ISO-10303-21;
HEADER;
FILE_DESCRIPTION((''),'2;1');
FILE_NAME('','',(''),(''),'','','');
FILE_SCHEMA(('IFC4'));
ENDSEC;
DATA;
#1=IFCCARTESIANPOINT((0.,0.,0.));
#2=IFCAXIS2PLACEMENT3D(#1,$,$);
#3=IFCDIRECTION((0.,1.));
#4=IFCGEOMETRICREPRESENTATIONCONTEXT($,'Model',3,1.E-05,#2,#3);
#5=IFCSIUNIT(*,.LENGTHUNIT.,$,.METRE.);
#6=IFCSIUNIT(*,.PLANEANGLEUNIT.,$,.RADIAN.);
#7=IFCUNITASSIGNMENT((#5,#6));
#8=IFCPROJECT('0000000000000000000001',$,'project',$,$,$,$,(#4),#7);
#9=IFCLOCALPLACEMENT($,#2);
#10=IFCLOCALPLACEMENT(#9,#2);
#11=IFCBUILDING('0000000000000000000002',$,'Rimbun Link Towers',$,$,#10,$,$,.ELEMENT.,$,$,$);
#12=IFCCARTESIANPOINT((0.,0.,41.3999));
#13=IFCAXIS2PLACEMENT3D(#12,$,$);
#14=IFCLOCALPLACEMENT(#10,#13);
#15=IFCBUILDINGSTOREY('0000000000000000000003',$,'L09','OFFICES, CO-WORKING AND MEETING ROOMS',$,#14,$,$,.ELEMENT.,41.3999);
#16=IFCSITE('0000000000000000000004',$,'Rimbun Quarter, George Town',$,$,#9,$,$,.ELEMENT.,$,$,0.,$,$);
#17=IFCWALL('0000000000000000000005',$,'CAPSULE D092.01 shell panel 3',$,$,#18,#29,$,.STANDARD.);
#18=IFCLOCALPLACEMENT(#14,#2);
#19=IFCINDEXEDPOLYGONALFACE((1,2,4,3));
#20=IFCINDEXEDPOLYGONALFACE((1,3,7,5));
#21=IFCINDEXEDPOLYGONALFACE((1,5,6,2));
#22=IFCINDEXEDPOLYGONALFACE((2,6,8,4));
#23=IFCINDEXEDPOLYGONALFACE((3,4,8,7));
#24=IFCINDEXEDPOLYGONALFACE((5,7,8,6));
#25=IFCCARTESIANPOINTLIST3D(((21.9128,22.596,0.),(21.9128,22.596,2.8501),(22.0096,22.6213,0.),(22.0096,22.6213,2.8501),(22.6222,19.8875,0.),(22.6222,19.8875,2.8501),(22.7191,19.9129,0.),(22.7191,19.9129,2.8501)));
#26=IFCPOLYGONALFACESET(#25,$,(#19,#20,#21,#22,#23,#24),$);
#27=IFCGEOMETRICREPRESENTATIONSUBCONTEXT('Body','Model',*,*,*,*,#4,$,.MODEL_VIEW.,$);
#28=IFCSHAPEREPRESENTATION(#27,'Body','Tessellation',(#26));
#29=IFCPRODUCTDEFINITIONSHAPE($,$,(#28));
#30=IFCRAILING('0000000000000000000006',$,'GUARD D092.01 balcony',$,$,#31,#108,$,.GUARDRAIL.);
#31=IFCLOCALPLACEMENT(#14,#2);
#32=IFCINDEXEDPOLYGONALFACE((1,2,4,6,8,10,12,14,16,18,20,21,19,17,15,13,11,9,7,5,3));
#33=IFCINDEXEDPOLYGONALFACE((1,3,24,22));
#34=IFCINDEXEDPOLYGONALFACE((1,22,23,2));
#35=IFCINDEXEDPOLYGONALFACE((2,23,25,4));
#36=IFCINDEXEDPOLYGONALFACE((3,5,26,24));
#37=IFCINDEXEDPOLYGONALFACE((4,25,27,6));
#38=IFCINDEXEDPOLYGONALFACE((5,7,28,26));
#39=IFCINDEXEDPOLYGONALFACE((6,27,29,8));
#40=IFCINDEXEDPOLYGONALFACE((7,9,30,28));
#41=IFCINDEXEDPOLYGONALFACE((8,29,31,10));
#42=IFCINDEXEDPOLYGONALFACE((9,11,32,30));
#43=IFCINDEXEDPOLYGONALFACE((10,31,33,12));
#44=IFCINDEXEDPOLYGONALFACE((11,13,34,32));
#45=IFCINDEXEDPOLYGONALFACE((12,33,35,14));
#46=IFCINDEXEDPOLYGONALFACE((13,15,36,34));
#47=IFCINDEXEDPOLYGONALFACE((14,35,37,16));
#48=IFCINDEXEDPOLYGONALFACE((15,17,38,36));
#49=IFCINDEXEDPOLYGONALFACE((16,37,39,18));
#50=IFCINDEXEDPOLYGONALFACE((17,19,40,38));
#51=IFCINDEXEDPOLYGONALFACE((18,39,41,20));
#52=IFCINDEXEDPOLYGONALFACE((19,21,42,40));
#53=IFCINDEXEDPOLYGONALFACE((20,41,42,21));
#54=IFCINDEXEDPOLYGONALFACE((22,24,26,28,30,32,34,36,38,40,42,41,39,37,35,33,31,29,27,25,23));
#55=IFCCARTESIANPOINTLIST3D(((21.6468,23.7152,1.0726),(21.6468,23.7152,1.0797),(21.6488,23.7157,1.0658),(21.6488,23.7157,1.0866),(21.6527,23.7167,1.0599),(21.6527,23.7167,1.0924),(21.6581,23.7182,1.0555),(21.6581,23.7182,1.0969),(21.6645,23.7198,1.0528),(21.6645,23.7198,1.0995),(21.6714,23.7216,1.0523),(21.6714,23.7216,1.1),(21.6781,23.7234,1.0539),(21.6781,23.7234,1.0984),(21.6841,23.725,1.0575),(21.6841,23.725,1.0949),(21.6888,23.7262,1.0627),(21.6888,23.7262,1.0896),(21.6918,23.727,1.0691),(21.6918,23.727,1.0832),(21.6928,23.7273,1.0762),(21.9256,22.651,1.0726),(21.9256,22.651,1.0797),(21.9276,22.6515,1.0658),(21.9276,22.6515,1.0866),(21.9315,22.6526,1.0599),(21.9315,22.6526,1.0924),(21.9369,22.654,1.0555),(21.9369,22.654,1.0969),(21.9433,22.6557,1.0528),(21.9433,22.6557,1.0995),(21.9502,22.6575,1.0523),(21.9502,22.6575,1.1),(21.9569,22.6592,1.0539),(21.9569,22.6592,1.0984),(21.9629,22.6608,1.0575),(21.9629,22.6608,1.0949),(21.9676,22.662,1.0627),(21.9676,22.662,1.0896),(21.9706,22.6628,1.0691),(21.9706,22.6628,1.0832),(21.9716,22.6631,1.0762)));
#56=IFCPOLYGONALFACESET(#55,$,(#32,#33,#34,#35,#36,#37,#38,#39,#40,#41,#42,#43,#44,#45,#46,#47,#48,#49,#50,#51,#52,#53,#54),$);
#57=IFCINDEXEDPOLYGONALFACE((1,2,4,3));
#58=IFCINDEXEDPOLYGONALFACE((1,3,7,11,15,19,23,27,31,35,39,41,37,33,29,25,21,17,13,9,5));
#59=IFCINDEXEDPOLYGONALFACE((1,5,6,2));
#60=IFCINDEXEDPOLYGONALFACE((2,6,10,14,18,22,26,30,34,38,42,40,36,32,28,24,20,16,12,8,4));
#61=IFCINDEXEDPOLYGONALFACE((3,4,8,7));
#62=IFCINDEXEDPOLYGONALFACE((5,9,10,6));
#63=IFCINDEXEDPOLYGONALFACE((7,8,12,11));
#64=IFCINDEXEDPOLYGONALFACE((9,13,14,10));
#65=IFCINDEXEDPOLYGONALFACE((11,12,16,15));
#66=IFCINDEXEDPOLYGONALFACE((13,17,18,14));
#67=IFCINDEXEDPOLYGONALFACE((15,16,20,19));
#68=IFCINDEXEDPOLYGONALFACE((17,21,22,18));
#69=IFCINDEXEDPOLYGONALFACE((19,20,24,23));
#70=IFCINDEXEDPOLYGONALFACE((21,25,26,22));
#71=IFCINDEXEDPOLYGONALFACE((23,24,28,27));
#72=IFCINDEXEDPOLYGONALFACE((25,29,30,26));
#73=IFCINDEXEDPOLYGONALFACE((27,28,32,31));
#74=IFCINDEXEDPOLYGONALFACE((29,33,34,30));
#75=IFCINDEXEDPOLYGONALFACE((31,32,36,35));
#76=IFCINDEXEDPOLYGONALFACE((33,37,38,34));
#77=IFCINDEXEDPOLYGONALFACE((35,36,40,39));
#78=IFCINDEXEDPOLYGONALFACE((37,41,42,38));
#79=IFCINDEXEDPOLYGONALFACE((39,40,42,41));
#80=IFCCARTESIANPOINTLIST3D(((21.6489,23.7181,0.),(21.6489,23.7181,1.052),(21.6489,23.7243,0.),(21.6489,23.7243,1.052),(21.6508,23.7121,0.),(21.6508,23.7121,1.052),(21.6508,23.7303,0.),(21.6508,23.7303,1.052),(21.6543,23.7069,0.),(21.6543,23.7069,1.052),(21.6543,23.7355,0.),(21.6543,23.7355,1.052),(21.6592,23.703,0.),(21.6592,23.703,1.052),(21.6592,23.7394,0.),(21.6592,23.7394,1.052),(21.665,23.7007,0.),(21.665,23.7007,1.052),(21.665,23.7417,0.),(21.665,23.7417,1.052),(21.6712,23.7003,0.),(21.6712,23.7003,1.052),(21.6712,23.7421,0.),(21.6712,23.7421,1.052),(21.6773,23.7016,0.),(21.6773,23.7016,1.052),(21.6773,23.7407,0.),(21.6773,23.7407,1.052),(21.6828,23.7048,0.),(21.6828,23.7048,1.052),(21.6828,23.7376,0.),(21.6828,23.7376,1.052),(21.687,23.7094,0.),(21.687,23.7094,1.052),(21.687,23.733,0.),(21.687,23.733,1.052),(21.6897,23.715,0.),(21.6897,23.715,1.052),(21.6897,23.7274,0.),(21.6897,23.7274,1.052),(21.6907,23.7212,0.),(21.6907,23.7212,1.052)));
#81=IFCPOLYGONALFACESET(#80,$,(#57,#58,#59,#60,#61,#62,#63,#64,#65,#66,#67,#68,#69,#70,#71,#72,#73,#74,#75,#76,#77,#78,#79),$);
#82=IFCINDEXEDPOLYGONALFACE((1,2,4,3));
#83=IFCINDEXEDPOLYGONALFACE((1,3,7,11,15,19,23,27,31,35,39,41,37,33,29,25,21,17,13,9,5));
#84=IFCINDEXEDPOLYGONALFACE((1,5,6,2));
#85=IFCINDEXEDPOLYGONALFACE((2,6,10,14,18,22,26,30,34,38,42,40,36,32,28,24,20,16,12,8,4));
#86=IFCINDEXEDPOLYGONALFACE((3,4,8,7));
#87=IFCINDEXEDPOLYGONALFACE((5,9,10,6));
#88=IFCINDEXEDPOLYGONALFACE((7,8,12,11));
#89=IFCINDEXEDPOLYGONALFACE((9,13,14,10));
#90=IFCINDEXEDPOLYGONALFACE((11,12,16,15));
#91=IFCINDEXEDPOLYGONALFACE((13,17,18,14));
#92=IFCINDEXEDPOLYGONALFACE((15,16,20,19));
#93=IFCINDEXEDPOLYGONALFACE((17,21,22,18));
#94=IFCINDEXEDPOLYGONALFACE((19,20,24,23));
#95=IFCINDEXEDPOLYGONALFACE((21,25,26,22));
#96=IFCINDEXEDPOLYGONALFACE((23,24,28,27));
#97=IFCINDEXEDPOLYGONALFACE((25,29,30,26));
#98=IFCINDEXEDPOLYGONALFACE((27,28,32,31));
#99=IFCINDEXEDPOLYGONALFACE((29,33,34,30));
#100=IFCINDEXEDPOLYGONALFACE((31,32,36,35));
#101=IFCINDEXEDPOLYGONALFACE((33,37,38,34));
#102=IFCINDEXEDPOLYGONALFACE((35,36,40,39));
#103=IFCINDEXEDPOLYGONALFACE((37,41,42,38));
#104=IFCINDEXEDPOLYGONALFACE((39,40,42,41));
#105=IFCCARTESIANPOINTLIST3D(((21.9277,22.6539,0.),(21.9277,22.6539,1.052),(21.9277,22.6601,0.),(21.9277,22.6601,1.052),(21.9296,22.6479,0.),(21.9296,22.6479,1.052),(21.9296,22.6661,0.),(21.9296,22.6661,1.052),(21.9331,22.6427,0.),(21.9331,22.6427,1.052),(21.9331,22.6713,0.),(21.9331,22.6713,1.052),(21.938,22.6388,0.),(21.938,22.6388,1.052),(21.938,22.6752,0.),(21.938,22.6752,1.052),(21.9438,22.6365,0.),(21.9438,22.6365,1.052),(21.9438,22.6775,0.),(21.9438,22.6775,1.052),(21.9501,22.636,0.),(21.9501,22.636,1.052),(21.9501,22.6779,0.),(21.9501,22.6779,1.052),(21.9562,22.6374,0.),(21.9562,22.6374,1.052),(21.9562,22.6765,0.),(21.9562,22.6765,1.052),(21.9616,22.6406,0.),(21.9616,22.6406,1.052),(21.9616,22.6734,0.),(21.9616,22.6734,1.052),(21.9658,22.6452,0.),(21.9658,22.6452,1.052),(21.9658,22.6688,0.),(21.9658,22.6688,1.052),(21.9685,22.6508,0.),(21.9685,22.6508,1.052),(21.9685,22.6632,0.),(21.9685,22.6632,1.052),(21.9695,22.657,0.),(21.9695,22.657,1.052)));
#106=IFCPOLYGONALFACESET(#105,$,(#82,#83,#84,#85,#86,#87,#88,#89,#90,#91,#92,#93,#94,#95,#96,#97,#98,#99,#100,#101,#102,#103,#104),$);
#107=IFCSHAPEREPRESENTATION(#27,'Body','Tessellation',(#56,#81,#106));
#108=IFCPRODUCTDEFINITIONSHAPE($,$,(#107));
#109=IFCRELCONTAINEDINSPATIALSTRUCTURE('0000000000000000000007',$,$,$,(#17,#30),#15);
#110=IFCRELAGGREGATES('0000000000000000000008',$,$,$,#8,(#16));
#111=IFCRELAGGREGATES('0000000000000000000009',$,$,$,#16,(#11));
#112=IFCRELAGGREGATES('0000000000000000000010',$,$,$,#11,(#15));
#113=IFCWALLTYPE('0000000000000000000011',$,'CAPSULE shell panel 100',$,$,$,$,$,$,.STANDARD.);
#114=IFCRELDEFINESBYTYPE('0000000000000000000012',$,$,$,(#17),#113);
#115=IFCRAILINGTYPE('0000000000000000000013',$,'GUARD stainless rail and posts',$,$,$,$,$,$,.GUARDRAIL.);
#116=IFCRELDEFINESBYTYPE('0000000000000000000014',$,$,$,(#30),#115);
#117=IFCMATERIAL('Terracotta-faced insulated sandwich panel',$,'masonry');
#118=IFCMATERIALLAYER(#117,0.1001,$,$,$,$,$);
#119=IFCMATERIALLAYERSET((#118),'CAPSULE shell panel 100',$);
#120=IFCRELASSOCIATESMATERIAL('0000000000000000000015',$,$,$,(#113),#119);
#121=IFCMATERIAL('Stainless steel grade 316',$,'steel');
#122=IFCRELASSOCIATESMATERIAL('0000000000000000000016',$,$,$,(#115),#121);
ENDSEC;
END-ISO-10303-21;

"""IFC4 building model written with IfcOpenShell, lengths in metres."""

from ifc_helpers import new_model, si_unit, direction, frame, frame_2d, origin, origin_2d, place, context, subcontext, project, spatial, rectangle, circle, extrude, material, layer, layer_set, type_object, element, save


model = new_model("IFC4")

# Units and contexts
model_context = context("Model", 3, precision=1e-05, world=origin(), true_north=direction((0.0, 1.0)))
body_context = subcontext(model_context, "Body", "Model", "MODEL_VIEW")
ifc_project = project(units=[si_unit("LENGTHUNIT", "METRE"), si_unit("PLANEANGLEUNIT", "RADIAN")], contexts=[model_context])

# Site, building, storey
site_placement = place(None, origin())
site = spatial("IfcSite", under=ifc_project, at=site_placement, Name="Rimbun Quarter, George Town", CompositionType="ELEMENT", RefElevation=0.0)
building_placement = place(site_placement, origin())
building = spatial("IfcBuilding", under=site, at=building_placement, Name="Rimbun Link Towers", CompositionType="ELEMENT")
storey_placement = place(building_placement, frame((0.0, 0.0, 41.3999)))
storey = spatial("IfcBuildingStorey", under=building, at=storey_placement, Name="L09", Description="OFFICES, CO-WORKING AND MEETING ROOMS", CompositionType="ELEMENT", Elevation=41.3999)

# Wall
ifc_material_1 = material(Name="Terracotta-faced insulated sandwich panel", Category="masonry")
ifc_layer_1 = layer(ifc_material_1, 0.1001)
ifc_layer_set_1 = layer_set([ifc_layer_1], Name="CAPSULE shell panel 100")
wall_type = type_object("IfcWallType", Name="CAPSULE shell panel 100", PredefinedType="STANDARD", material=ifc_layer_set_1)
wall_placement = place(storey_placement, frame((21.9612, 22.6086, 0.0), z_axis=(0.0, 0.0, 1.0), x_axis=(0.253394, -0.967363, 0.0)))
element("IfcWall", 1, at=wall_placement, inside=storey, type_object=wall_type, Name="CAPSULE D092.01 shell panel 3", PredefinedType="STANDARD", context=body_context, shape_type="SweptSolid", body=[
    extrude(rectangle(XDim=2.7998, YDim=0.1001, at=frame_2d((1.3999, 0.0))), origin(), (0.0, 0.0, 1.0), 2.8501),
])

# Railing
ifc_material_2 = material(Name="Stainless steel grade 316", Category="steel")
railing_type = type_object("IfcRailingType", Name="GUARD stainless rail and posts", PredefinedType="GUARDRAIL", material=ifc_material_2)
railing_placement = place(storey_placement, frame((21.6697, 23.7212, 0.0)))
element("IfcRailing", 2, at=railing_placement, inside=storey, type_object=railing_type, Name="GUARD D092.01 balcony", PredefinedType="GUARDRAIL", context=body_context, shape_type="SweptSolid", body=[
    extrude(circle(Radius=0.0239, at=origin_2d()), frame((0.0, 0.0, 1.0762), z_axis=(0.253434, -0.967353, 0.0), x_axis=(0.967353, 0.253434, 0.0)), (0.0, 0.0, 1.0), 1.1001),
    extrude(circle(Radius=0.021, at=origin_2d()), origin(), (0.0, 0.0, 1.0), 1.052),
    extrude(circle(Radius=0.021, at=origin_2d()), frame((0.2788, -1.0642, 0.0)), (0.0, 0.0, 1.0), 1.052),
])

save(model, "model.ifc")
